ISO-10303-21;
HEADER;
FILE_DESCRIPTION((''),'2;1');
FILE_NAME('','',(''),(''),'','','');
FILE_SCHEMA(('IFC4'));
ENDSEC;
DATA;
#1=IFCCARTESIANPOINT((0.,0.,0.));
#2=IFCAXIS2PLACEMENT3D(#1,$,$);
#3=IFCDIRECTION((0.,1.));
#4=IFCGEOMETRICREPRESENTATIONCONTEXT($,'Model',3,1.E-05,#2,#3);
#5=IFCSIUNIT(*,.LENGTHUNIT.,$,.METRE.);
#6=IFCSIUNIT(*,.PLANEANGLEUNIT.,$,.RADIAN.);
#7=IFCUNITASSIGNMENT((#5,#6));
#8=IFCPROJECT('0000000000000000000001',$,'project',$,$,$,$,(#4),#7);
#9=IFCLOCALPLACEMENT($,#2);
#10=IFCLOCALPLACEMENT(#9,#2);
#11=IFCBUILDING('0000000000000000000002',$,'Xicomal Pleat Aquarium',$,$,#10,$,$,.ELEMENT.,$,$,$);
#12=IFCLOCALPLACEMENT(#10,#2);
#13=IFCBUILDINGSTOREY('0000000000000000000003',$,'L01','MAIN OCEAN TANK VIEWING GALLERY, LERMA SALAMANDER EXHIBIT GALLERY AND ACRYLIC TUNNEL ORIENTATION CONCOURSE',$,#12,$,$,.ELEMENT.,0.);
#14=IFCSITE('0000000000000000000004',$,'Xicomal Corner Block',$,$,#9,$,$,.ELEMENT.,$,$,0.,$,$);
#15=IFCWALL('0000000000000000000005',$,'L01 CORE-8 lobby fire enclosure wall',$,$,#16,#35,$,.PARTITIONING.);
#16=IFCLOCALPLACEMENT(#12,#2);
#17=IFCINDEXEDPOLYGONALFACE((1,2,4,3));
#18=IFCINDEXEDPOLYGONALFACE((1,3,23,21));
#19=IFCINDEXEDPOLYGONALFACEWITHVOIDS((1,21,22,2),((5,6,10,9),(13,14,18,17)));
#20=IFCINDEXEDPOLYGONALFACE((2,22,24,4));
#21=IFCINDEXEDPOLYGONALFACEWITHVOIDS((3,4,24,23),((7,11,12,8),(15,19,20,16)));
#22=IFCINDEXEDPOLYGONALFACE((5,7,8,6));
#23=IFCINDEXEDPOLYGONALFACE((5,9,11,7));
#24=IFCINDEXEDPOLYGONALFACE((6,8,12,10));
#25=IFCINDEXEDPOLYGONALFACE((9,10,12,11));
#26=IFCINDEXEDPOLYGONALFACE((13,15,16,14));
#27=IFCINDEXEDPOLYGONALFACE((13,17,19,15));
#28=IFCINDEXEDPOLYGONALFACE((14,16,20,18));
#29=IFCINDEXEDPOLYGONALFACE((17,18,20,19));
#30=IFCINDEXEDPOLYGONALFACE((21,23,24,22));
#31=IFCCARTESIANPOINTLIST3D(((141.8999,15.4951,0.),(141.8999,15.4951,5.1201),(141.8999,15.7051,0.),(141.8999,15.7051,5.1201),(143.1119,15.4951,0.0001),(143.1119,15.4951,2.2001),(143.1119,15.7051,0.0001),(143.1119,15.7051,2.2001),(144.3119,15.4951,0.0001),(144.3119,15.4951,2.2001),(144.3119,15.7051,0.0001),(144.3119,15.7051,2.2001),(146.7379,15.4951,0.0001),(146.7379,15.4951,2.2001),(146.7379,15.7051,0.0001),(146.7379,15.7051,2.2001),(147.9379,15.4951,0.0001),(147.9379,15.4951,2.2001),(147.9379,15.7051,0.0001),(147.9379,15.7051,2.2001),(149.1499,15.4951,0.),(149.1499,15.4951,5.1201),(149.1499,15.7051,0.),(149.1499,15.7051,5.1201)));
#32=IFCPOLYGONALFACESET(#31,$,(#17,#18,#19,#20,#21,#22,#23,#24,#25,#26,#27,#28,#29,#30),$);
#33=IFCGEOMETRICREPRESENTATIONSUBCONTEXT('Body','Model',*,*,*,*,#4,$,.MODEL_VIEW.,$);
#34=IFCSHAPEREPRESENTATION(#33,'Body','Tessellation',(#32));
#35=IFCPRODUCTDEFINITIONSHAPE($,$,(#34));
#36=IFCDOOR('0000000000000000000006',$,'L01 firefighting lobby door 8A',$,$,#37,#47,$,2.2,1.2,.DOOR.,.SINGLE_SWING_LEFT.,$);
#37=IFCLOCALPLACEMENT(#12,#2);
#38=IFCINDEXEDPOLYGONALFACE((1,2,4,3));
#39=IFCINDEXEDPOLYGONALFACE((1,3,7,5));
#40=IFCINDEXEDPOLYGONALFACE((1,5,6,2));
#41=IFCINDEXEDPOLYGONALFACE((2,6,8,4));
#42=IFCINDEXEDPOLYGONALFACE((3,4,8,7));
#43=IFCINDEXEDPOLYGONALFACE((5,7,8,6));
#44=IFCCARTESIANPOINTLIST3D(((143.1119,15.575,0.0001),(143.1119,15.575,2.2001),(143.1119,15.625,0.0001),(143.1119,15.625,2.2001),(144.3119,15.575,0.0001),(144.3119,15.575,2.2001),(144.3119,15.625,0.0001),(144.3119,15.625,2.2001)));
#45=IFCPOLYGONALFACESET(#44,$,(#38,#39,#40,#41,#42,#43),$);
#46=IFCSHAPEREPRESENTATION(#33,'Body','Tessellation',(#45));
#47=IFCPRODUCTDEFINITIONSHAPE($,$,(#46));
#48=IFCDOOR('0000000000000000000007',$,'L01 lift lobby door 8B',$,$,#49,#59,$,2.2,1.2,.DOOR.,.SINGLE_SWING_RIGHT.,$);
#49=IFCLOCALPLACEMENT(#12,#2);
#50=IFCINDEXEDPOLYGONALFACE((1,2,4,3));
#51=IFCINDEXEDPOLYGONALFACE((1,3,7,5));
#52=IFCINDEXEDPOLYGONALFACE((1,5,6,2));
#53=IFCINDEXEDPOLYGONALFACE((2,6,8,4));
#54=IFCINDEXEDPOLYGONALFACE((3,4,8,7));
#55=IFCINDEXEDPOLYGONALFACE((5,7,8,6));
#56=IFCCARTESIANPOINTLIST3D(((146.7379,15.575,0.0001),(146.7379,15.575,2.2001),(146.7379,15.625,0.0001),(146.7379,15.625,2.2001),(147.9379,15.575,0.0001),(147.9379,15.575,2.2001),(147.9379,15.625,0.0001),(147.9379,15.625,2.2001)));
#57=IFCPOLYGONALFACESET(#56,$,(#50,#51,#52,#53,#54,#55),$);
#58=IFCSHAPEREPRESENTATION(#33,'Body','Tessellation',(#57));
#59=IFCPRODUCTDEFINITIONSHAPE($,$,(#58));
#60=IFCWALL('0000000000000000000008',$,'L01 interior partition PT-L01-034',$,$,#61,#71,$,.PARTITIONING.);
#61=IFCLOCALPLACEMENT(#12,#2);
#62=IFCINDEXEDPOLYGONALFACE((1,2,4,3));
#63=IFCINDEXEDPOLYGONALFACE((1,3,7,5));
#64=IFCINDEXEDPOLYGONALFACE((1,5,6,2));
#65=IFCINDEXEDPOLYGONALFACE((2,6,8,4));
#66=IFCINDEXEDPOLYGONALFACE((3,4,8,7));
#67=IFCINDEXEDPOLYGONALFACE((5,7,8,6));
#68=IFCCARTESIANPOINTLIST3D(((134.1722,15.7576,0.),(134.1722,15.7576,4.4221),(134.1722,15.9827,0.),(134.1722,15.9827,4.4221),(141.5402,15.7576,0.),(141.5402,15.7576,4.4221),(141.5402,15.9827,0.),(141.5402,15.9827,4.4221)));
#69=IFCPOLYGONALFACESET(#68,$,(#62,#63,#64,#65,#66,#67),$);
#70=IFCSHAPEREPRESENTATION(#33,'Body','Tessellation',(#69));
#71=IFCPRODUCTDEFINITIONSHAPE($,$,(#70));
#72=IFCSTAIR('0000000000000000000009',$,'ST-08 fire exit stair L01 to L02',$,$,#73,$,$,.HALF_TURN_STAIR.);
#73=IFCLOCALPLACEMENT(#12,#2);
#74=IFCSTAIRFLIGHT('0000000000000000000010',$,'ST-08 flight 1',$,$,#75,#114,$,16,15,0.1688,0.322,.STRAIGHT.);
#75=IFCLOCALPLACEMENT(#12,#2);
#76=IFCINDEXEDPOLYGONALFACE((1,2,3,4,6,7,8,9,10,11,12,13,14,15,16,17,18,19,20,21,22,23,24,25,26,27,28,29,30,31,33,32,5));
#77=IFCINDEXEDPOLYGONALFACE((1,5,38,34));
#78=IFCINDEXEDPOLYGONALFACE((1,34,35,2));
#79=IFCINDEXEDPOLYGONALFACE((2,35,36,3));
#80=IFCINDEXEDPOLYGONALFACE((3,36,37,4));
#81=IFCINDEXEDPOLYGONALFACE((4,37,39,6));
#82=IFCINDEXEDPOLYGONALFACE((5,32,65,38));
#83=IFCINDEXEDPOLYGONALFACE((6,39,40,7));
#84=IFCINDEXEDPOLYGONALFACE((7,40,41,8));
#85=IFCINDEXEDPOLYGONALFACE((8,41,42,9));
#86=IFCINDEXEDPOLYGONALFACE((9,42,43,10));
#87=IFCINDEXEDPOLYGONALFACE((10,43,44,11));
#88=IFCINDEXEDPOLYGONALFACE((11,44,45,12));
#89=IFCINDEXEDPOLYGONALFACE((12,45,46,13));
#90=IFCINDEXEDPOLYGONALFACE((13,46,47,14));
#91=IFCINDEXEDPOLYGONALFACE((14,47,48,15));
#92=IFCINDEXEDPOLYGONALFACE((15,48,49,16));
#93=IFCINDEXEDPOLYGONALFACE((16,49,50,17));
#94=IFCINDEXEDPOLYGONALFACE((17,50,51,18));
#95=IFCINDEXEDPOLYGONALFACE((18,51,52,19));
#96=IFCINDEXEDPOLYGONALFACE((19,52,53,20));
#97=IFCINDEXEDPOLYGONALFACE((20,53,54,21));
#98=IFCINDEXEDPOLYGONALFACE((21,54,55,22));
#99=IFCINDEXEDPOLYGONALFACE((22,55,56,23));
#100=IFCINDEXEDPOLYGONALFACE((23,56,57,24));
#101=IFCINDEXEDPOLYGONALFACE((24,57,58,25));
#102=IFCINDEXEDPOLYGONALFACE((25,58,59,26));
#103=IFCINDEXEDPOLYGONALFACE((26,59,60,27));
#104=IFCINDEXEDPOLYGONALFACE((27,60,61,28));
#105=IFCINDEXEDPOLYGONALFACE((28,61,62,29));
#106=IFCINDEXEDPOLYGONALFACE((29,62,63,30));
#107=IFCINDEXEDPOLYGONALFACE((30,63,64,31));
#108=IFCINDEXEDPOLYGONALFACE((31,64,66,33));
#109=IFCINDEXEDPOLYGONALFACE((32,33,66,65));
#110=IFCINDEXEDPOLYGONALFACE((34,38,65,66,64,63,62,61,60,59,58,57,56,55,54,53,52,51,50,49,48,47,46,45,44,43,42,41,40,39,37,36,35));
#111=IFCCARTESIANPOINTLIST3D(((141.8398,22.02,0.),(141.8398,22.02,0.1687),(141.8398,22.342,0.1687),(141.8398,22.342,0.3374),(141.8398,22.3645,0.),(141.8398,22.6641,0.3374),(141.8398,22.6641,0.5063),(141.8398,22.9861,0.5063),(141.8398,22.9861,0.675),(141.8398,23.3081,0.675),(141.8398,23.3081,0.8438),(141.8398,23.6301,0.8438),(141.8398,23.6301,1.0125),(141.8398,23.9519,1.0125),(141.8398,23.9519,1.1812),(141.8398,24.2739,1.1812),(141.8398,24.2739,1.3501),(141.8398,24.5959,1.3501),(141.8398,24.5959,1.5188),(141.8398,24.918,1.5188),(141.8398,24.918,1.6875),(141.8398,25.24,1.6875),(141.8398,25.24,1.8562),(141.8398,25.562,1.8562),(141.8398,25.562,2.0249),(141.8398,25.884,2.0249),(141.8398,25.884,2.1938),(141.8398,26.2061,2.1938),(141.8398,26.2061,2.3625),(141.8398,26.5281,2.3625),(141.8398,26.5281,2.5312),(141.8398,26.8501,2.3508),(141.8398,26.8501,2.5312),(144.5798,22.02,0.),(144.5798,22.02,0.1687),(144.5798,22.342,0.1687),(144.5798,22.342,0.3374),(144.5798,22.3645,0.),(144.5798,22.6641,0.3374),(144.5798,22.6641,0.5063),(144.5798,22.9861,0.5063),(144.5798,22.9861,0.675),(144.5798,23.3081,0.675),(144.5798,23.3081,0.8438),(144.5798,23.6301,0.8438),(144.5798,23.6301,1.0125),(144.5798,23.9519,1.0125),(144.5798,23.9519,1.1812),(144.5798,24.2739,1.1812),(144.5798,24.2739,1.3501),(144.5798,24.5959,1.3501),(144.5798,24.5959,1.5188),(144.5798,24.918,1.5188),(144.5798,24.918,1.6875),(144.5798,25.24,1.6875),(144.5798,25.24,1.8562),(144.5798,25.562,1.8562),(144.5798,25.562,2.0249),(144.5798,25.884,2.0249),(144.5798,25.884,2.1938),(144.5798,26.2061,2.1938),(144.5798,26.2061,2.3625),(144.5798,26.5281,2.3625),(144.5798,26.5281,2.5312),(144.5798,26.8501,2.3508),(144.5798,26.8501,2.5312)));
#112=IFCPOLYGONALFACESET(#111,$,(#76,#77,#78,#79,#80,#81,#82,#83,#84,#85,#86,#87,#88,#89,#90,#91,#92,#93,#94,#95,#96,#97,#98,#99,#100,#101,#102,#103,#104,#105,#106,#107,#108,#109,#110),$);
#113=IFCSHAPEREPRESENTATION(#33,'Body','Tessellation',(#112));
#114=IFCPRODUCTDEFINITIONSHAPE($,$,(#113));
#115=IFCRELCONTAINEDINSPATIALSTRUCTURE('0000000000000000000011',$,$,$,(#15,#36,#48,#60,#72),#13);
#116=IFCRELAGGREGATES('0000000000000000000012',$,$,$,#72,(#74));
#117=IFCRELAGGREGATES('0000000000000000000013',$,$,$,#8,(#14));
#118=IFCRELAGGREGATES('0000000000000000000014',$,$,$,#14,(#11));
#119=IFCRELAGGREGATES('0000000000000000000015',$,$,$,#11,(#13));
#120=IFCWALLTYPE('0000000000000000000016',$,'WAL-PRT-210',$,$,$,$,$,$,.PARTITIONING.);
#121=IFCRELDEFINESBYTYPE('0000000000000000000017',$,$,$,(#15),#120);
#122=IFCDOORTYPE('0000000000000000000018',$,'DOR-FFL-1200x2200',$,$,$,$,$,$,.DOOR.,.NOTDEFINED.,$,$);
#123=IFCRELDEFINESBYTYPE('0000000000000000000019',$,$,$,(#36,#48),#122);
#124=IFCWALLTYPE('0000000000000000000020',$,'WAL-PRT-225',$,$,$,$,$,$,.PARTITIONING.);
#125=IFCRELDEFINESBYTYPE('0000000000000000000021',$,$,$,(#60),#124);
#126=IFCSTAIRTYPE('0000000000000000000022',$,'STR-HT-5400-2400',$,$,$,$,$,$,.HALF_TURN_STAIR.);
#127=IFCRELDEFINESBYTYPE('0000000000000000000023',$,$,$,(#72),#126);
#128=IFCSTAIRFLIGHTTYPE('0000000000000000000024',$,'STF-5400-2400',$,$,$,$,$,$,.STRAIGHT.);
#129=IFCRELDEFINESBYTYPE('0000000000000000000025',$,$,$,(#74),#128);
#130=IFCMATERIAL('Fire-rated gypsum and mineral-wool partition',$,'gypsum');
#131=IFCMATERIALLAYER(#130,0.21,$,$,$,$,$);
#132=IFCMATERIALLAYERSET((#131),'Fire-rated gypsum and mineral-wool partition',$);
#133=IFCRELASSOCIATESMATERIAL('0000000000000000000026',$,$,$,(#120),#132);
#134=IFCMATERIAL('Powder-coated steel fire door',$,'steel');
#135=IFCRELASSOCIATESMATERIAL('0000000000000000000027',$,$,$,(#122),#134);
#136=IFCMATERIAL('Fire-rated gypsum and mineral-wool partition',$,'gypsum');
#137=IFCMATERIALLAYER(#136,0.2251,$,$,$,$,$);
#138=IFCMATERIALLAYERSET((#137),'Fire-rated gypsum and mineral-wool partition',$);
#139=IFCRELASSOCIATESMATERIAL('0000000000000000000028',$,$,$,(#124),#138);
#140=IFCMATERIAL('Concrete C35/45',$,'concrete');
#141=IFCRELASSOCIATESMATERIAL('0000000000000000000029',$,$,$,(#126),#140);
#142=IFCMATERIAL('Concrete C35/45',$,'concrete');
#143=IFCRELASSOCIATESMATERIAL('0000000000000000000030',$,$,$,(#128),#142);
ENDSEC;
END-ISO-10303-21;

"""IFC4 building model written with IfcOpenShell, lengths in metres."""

from ifc_helpers import new_model, si_unit, direction, frame, frame_2d, origin, place, context, subcontext, project, spatial, polyline, rectangle, outline, extrude, material, layer, layer_set, type_object, element, fill, aggregate, save


model = new_model("IFC4")

# Units and contexts
model_context = context("Model", 3, precision=1e-05, world=origin(), true_north=direction((0.0, 1.0)))
body_context = subcontext(model_context, "Body", "Model", "MODEL_VIEW")
ifc_project = project(units=[si_unit("LENGTHUNIT", "METRE"), si_unit("PLANEANGLEUNIT", "RADIAN")], contexts=[model_context])

# Site, building, storey
site_placement = place(None, origin())
site = spatial("IfcSite", under=ifc_project, at=site_placement, Name="Xicomal Corner Block", CompositionType="ELEMENT", RefElevation=0.0)
building_placement = place(site_placement, origin())
building = spatial("IfcBuilding", under=site, at=building_placement, Name="Xicomal Pleat Aquarium", CompositionType="ELEMENT")
storey_placement = place(building_placement, origin())
storey = spatial("IfcBuildingStorey", under=building, at=storey_placement, Name="L01", Description="MAIN OCEAN TANK VIEWING GALLERY, LERMA SALAMANDER EXHIBIT GALLERY AND ACRYLIC TUNNEL ORIENTATION CONCOURSE", CompositionType="ELEMENT", Elevation=0.0)

# Wall, openings, doors
ifc_material_1 = material(Name="Fire-rated gypsum and mineral-wool partition", Category="gypsum")
ifc_layer_1 = layer(ifc_material_1, 0.21)
ifc_layer_set_1 = layer_set([ifc_layer_1], Name="Fire-rated gypsum and mineral-wool partition")
wall_type_1 = type_object("IfcWallType", Name="WAL-PRT-210", PredefinedType="PARTITIONING", material=ifc_layer_set_1)
wall_1_placement = place(storey_placement, frame((141.8999, 15.6001, 0.0), z_axis=(0.0, 0.0, 1.0), x_axis=(1.0, 0.0, 0.0)))
wall_1 = element("IfcWall", 1, at=wall_1_placement, inside=storey, type_object=wall_type_1, Name="L01 CORE-8 lobby fire enclosure wall", PredefinedType="PARTITIONING", context=body_context, shape_type="SweptSolid", body=[
    extrude(rectangle(XDim=7.25, YDim=0.21, at=frame_2d((3.625, 0.0))), origin(), (0.0, 0.0, 1.0), 5.1201),
])
opening_1_placement = place(wall_1_placement, frame((1.2119, 0.0, 0.0)))
opening_1 = element("IfcOpeningElement", 2, at=opening_1_placement, cuts=wall_1, PredefinedType="OPENING", context=body_context, shape_type="SweptSolid", body=[
    extrude(rectangle(XDim=1.2, YDim=2.2, at=frame_2d((0.6001, 1.1001))), frame((0.0, 0.115, 0.0), z_axis=(0.0, -1.0, 0.0), x_axis=(1.0, 0.0, 0.0)), (0.0, 0.0, 1.0), 0.23),
])
opening_2_placement = place(wall_1_placement, frame((4.8379, 0.0, 0.0)))
opening_2 = element("IfcOpeningElement", 3, at=opening_2_placement, cuts=wall_1, PredefinedType="OPENING", context=body_context, shape_type="SweptSolid", body=[
    extrude(rectangle(XDim=1.2, YDim=2.2, at=frame_2d((0.6001, 1.1001))), frame((0.0, 0.115, 0.0), z_axis=(0.0, -1.0, 0.0), x_axis=(1.0, 0.0, 0.0)), (0.0, 0.0, 1.0), 0.23),
])
ifc_material_2 = material(Name="Powder-coated steel fire door", Category="steel")
door_type_1 = type_object("IfcDoorType", Name="DOR-FFL-1200x2200", OperationType="NOTDEFINED", PredefinedType="DOOR", material=ifc_material_2)
door_1_placement = place(opening_1_placement, origin())
door_1 = element("IfcDoor", 4, at=door_1_placement, inside=storey, type_object=door_type_1, Name="L01 firefighting lobby door 8A", OperationType="SINGLE_SWING_LEFT", OverallHeight=2.2, OverallWidth=1.2, PredefinedType="DOOR", context=body_context, shape_type="SweptSolid", body=[
    extrude(rectangle(XDim=1.2, YDim=2.2, at=frame_2d((0.6001, 1.1001))), frame((0.0, 0.0249, 0.0), z_axis=(0.0, -1.0, 0.0), x_axis=(1.0, 0.0, 0.0)), (0.0, 0.0, 1.0), 0.05),
])
fill(opening_1, door_1)
door_2_placement = place(opening_2_placement, origin())
door_2 = element("IfcDoor", 5, at=door_2_placement, inside=storey, type_object=door_type_1, Name="L01 lift lobby door 8B", OperationType="SINGLE_SWING_RIGHT", OverallHeight=2.2, OverallWidth=1.2, PredefinedType="DOOR", context=body_context, shape_type="SweptSolid", body=[
    extrude(rectangle(XDim=1.2, YDim=2.2, at=frame_2d((0.6001, 1.1001))), frame((0.0, 0.0249, 0.0), z_axis=(0.0, -1.0, 0.0), x_axis=(1.0, 0.0, 0.0)), (0.0, 0.0, 1.0), 0.05),
])
fill(opening_2, door_2)

# Wall
ifc_material_3 = material(Name="Fire-rated gypsum and mineral-wool partition", Category="gypsum")
ifc_layer_2 = layer(ifc_material_3, 0.2251)
ifc_layer_set_2 = layer_set([ifc_layer_2], Name="Fire-rated gypsum and mineral-wool partition")
wall_type_2 = type_object("IfcWallType", Name="WAL-PRT-225", PredefinedType="PARTITIONING", material=ifc_layer_set_2)
wall_2_placement = place(storey_placement, frame((134.1721, 15.8701, 0.0), z_axis=(0.0, 0.0, 1.0), x_axis=(1.0, 0.0, 0.0)))
element("IfcWall", 6, at=wall_2_placement, inside=storey, type_object=wall_type_2, Name="L01 interior partition PT-L01-034", PredefinedType="PARTITIONING", context=body_context, shape_type="SweptSolid", body=[
    extrude(rectangle(XDim=7.3679, YDim=0.2251, at=frame_2d((3.6841, 0.0))), origin(), (0.0, 0.0, 1.0), 4.4221),
])

# Stair, stair flight
ifc_material_4 = material(Name="Concrete C35/45", Category="concrete")
stair_type = type_object("IfcStairType", Name="STR-HT-5400-2400", PredefinedType="HALF_TURN_STAIR", material=ifc_material_4)
stair_placement = place(storey_placement, origin())
stair = element("IfcStair", 7, at=stair_placement, inside=storey, type_object=stair_type, Name="ST-08 fire exit stair L01 to L02", PredefinedType="HALF_TURN_STAIR")
ifc_material_5 = material(Name="Concrete C35/45", Category="concrete")
stair_flight_type = type_object("IfcStairFlightType", Name="STF-5400-2400", PredefinedType="STRAIGHT", material=ifc_material_5)
stair_flight_placement = place(storey_placement, frame((143.21, 22.02, 0.0), z_axis=(0.0, 0.0, 1.0), x_axis=(0.0, 1.0, 0.0)))
stair_flight = element("IfcStairFlight", 8, at=stair_flight_placement, type_object=stair_flight_type, Name="ST-08 flight 1", NumberOfRisers=16, NumberOfTreads=15, PredefinedType="STRAIGHT", RiserHeight=0.1688, TreadLength=0.322, context=body_context, shape_type="SweptSolid", body=[
    extrude(outline(polyline([(0.0, 0.0), (0.0, 0.1687), (0.322, 0.1687), (0.322, 0.3374), (0.644, 0.3374), (0.644, 0.5063), (0.9661, 0.5063), (0.9661, 0.675), (1.2881, 0.675), (1.2881, 0.8438), (1.6101, 0.8438), (1.6101, 1.0125), (1.9319, 1.0125), (1.9319, 1.1812), (2.2539, 1.1812), (2.2539, 1.3501), (2.5759, 1.3501), (2.5759, 1.5188), (2.8979, 1.5188), (2.8979, 1.6875), (3.22, 1.6875), (3.22, 1.8562), (3.542, 1.8562), (3.542, 2.0249), (3.864, 2.0249), (3.864, 2.1938), (4.186, 2.1938), (4.186, 2.3625), (4.5081, 2.3625), (4.5081, 2.5312), (4.8301, 2.5312), (4.8301, 2.7), (4.8301, 2.3508), (0.3445, 0.0), (0.0, 0.0)])), frame((0.0, 1.3701, 0.0), z_axis=(0.0, -1.0, 0.0), x_axis=(1.0, 0.0, 0.0)), (0.0, 0.0, 1.0), 2.74),
])
aggregate(stair, [stair_flight])

save(model, "model.ifc")
